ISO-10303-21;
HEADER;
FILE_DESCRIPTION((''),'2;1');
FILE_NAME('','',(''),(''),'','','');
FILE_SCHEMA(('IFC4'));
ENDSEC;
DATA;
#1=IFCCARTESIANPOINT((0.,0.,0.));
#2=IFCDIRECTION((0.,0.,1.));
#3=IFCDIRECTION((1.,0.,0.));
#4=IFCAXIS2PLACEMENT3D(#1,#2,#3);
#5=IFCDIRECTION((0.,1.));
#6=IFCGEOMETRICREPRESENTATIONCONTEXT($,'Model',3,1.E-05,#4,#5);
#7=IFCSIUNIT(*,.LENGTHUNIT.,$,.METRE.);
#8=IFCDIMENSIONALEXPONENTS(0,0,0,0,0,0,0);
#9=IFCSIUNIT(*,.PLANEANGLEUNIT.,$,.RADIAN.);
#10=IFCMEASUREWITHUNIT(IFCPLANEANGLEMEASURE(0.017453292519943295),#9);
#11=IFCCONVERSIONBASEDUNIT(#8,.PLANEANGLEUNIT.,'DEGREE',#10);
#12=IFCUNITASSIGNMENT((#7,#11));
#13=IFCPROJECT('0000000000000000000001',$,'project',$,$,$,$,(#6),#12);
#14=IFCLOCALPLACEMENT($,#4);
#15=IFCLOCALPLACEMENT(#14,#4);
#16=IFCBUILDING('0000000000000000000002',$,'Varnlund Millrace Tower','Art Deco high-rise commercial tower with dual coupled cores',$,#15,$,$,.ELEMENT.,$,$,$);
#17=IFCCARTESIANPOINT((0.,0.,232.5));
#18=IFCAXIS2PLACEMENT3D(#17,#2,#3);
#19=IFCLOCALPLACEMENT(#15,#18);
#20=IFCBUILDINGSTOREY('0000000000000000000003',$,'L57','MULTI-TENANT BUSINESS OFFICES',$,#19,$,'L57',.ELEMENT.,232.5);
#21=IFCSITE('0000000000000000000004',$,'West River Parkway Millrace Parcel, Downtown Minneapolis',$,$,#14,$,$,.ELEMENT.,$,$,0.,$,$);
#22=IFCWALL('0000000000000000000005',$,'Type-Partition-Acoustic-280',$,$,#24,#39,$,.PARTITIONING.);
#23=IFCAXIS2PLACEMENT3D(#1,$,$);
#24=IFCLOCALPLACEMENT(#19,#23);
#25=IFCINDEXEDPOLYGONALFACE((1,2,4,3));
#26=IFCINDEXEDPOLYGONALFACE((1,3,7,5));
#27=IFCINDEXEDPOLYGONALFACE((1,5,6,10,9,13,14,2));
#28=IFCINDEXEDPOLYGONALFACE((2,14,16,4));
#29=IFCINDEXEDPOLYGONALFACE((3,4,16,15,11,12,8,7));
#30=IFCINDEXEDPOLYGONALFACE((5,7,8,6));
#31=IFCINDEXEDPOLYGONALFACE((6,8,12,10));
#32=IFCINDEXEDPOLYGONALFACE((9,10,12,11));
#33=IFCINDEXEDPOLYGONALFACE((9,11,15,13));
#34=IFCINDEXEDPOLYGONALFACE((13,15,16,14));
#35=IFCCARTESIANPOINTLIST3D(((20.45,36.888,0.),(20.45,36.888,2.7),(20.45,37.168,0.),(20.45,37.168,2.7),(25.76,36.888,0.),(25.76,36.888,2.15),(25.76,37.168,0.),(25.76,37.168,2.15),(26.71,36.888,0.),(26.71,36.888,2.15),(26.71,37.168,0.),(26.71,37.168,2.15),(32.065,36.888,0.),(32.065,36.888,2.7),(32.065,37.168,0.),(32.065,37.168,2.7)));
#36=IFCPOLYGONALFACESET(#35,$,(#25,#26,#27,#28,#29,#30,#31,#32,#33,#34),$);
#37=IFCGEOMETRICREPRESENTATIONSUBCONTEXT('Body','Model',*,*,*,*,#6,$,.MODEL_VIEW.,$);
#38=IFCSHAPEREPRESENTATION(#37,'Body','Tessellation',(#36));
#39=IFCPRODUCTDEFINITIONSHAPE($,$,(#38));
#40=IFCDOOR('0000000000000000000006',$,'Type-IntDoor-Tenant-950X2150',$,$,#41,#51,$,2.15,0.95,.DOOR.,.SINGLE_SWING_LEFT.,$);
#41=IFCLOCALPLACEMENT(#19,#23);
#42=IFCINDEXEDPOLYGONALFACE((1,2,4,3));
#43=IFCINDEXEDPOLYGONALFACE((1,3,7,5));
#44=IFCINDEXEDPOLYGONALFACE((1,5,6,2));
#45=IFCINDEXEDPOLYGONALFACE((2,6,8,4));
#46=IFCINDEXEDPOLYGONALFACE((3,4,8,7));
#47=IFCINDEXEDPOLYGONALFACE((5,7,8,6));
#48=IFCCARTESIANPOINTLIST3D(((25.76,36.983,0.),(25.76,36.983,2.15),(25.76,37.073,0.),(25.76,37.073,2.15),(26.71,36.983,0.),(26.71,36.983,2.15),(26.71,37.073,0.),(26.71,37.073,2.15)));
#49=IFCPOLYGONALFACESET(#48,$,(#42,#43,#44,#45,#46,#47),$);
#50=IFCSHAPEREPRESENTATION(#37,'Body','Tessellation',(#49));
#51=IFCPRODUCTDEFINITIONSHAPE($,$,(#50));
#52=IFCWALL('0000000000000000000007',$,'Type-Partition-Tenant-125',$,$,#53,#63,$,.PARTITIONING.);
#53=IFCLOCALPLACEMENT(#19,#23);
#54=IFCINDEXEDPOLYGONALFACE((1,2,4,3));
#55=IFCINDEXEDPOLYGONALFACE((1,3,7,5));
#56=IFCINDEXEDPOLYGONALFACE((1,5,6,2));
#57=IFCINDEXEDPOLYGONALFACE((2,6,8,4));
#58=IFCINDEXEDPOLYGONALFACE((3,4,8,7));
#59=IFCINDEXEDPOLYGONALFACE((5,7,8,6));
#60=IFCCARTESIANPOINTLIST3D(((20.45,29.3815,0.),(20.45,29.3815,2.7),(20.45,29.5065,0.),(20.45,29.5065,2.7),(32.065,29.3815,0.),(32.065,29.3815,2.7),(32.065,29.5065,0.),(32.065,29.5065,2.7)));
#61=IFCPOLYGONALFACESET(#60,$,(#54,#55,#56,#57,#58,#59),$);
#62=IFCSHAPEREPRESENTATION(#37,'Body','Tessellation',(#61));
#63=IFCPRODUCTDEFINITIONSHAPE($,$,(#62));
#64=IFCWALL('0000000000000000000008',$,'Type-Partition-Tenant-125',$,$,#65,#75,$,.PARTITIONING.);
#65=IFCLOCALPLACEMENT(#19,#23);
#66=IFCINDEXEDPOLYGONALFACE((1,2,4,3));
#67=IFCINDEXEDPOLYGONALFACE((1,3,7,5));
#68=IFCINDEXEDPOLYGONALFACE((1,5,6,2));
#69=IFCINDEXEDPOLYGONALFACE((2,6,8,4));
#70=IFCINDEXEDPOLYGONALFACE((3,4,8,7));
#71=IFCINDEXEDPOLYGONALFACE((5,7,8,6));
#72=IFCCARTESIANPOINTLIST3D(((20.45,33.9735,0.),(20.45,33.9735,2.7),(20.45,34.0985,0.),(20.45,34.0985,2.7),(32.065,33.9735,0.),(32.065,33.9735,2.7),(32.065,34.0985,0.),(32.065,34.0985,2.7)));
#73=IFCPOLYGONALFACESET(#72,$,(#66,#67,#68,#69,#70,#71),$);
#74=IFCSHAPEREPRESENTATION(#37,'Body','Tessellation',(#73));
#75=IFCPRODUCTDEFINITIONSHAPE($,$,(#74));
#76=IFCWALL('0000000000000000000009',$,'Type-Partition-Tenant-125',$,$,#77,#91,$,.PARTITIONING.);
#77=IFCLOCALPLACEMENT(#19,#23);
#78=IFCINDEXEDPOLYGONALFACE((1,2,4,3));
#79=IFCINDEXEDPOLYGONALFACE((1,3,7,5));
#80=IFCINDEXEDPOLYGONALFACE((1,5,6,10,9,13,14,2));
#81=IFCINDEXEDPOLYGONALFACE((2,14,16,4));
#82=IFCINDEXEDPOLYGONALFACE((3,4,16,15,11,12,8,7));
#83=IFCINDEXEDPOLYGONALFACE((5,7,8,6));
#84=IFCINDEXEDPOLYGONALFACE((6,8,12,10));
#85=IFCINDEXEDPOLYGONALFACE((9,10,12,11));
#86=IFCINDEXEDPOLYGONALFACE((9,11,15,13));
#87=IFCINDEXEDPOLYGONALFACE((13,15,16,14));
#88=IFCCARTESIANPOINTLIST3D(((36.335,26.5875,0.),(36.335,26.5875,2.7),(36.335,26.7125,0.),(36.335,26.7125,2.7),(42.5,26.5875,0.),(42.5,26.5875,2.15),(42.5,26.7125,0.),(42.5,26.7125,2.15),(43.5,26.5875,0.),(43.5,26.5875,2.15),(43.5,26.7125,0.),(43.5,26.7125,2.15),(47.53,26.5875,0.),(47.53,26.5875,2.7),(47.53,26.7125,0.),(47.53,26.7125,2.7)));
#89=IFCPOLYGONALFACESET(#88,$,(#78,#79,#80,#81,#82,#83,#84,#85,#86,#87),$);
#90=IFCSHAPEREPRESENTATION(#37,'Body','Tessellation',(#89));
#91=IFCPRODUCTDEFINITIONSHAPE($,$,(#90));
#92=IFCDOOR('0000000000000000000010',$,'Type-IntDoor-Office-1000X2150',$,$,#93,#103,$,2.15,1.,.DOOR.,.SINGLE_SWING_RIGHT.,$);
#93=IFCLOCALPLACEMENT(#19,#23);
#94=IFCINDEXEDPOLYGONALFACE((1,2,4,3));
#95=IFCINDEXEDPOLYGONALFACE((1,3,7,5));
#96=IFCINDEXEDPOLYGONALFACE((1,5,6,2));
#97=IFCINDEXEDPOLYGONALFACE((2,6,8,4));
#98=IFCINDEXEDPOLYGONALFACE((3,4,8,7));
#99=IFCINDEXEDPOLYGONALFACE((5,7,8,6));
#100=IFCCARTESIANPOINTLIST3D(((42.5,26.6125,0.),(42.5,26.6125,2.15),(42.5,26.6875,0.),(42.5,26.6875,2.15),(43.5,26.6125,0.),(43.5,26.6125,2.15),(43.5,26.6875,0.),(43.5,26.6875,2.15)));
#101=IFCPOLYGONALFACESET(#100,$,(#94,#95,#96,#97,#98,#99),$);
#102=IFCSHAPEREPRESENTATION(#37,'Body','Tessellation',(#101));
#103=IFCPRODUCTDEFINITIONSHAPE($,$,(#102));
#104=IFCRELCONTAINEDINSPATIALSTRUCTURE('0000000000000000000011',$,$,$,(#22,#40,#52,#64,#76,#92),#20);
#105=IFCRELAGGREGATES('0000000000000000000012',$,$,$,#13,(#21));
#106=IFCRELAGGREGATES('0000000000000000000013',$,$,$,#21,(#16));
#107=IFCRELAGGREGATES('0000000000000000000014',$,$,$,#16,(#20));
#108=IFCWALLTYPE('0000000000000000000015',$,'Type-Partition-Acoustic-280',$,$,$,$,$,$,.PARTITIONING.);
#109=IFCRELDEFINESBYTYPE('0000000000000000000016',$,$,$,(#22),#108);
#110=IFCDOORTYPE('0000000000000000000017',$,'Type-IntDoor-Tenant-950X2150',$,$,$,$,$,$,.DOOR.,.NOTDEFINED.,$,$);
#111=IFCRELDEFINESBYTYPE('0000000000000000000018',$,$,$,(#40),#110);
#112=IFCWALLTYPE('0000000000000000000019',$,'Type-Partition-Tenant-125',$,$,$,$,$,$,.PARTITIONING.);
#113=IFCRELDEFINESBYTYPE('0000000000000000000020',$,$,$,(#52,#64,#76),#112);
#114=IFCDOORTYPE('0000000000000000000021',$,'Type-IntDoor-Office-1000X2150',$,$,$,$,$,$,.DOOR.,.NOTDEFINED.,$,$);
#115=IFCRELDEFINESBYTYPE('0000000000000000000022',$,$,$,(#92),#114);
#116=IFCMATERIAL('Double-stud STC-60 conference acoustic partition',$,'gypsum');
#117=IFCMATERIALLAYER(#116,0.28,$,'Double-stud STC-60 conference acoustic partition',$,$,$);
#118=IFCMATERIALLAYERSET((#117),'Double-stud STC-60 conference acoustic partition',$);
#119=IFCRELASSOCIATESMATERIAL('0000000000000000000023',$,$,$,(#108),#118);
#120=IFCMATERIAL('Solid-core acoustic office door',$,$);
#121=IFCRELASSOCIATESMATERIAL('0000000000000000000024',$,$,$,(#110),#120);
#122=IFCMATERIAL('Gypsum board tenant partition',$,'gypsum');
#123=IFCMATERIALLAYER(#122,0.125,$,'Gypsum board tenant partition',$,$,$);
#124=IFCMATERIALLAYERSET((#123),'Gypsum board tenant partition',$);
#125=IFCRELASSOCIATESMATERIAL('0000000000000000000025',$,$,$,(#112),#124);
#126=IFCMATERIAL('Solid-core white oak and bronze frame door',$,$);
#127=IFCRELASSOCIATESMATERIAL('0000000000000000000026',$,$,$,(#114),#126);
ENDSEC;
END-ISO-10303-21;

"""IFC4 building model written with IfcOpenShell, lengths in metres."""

from ifc_helpers import new_model, entity, si_unit, converted_unit, direction, frame, origin_with_axes, origin_2d_with_axis, place, context, subcontext, project, spatial, polyline, rectangle, outline, extrude, material, layer, layer_set, type_object, element, fill, save


model = new_model("IFC4")

# Units and contexts
model_context = context("Model", 3, precision=1e-05, world=origin_with_axes(), true_north=direction((0.0, 1.0)))
body_context = subcontext(model_context, "Body", "Model", "MODEL_VIEW")
ifc_project = project(units=[si_unit("LENGTHUNIT", "METRE"), converted_unit("PLANEANGLEUNIT", "DEGREE", entity("IfcPlaneAngleMeasure", 0.017453292519943295), si_unit("PLANEANGLEUNIT", "RADIAN"), dimensions=[0, 0, 0, 0, 0, 0, 0])], contexts=[model_context])

# Site, building, storey
site_placement = place(None, origin_with_axes())
site = spatial("IfcSite", under=ifc_project, at=site_placement, Name="West River Parkway Millrace Parcel, Downtown Minneapolis", CompositionType="ELEMENT", RefElevation=0.0)
building_placement = place(site_placement, origin_with_axes())
building = spatial("IfcBuilding", under=site, at=building_placement, Name="Varnlund Millrace Tower", Description="Art Deco high-rise commercial tower with dual coupled cores", CompositionType="ELEMENT")
storey_placement = place(building_placement, frame((0.0, 0.0, 232.5), z_axis=(0.0, 0.0, 1.0), x_axis=(1.0, 0.0, 0.0)))
storey = spatial("IfcBuildingStorey", under=building, at=storey_placement, Name="L57", Description="MULTI-TENANT BUSINESS OFFICES", LongName="L57", CompositionType="ELEMENT", Elevation=232.5)

# Shared definitions
ifc_material_1 = material(Name="Double-stud STC-60 conference acoustic partition", Category="gypsum")
ifc_layer_1 = layer(ifc_material_1, 0.28, Name="Double-stud STC-60 conference acoustic partition")
ifc_layer_set_1 = layer_set([ifc_layer_1], Name="Double-stud STC-60 conference acoustic partition")
wall_type_1 = type_object("IfcWallType", Name="Type-Partition-Acoustic-280", PredefinedType="PARTITIONING", material=ifc_layer_set_1)

# Wall, opening, door
wall_1_placement = place(storey_placement, frame((20.45, 37.028, 0.0), z_axis=(0.0, 0.0, 1.0), x_axis=(1.0, 0.0, 0.0)))
wall_1 = element("IfcWall", 1, at=wall_1_placement, inside=storey, type_object=wall_type_1, Name="Type-Partition-Acoustic-280", PredefinedType="PARTITIONING", context=body_context, shape_type="SweptSolid", body=[
    extrude(outline(polyline([(0.0, -0.14), (11.615, -0.14), (11.615, 0.14), (0.0, 0.14), (0.0, -0.14)])), origin_with_axes(), (0.0, 0.0, 1.0), 2.7),
])
opening_1_placement = place(wall_1_placement, frame((5.785, 0.0, 0.0), z_axis=(0.0, 0.0, 1.0), x_axis=(1.0, 0.0, 0.0)))
opening_1 = element("IfcOpeningElement", 2, at=opening_1_placement, cuts=wall_1, PredefinedType="OPENING", context=body_context, shape_type="SweptSolid", body=[
    extrude(rectangle(XDim=0.95, YDim=0.3, at=origin_2d_with_axis()), origin_with_axes(), (0.0, 0.0, 1.0), 2.15),
])
ifc_material_2 = material(Name="Solid-core acoustic office door")
door_type_1 = type_object("IfcDoorType", Name="Type-IntDoor-Tenant-950X2150", OperationType="NOTDEFINED", PredefinedType="DOOR", material=ifc_material_2)
door_1_placement = place(wall_1_placement, frame((5.785, 0.0, 0.0), z_axis=(0.0, 0.0, 1.0), x_axis=(1.0, 0.0, 0.0)))
door_1 = element("IfcDoor", 3, at=door_1_placement, inside=storey, type_object=door_type_1, Name="Type-IntDoor-Tenant-950X2150", OperationType="SINGLE_SWING_LEFT", OverallHeight=2.15, OverallWidth=0.95, PredefinedType="DOOR", context=body_context, shape_type="SweptSolid", body=[
    extrude(rectangle(XDim=0.95, YDim=0.09, at=origin_2d_with_axis()), origin_with_axes(), (0.0, 0.0, 1.0), 2.15),
])
fill(opening_1, door_1)

# Walls
ifc_material_3 = material(Name="Gypsum board tenant partition", Category="gypsum")
ifc_layer_2 = layer(ifc_material_3, 0.125, Name="Gypsum board tenant partition")
ifc_layer_set_2 = layer_set([ifc_layer_2], Name="Gypsum board tenant partition")
wall_type_2 = type_object("IfcWallType", Name="Type-Partition-Tenant-125", PredefinedType="PARTITIONING", material=ifc_layer_set_2)
for number, where, z_axis, x_axis, name in (
    (4, (20.45, 29.444, 0.0), (0.0, 0.0, 1.0), (1.0, 0.0, 0.0), "Type-Partition-Tenant-125"),
    (5, (20.45, 34.036, 0.0), (0.0, 0.0, 1.0), (1.0, 0.0, 0.0), "Type-Partition-Tenant-125"),
):
    element("IfcWall", number, at=place(storey_placement, frame(where, z_axis=z_axis, x_axis=x_axis)), inside=storey, type_object=wall_type_2, Name=name, PredefinedType="PARTITIONING", context=body_context, shape_type="SweptSolid", body=[
        extrude(outline(polyline([(0.0, -0.0625), (11.615, -0.0625), (11.615, 0.0625), (0.0, 0.0625), (0.0, -0.0625)])), origin_with_axes(), (0.0, 0.0, 1.0), 2.7),
    ])

# Wall, opening, door
wall_2_placement = place(storey_placement, frame((36.335, 26.65, 0.0), z_axis=(0.0, 0.0, 1.0), x_axis=(1.0, 0.0, 0.0)))
wall_2 = element("IfcWall", 6, at=wall_2_placement, inside=storey, type_object=wall_type_2, Name="Type-Partition-Tenant-125", PredefinedType="PARTITIONING", context=body_context, shape_type="SweptSolid", body=[
    extrude(outline(polyline([(0.0, -0.0625), (11.195, -0.0625), (11.195, 0.0625), (0.0, 0.0625), (0.0, -0.0625)])), origin_with_axes(), (0.0, 0.0, 1.0), 2.7),
])
opening_2_placement = place(wall_2_placement, frame((6.665, 0.0, 0.0), z_axis=(0.0, 0.0, 1.0), x_axis=(1.0, 0.0, 0.0)))
opening_2 = element("IfcOpeningElement", 7, at=opening_2_placement, cuts=wall_2, PredefinedType="OPENING", context=body_context, shape_type="SweptSolid", body=[
    extrude(rectangle(XDim=1.0, YDim=0.145, at=origin_2d_with_axis()), origin_with_axes(), (0.0, 0.0, 1.0), 2.15),
])
ifc_material_4 = material(Name="Solid-core white oak and bronze frame door")
door_type_2 = type_object("IfcDoorType", Name="Type-IntDoor-Office-1000X2150", OperationType="NOTDEFINED", PredefinedType="DOOR", material=ifc_material_4)
door_2_placement = place(wall_2_placement, frame((6.665, 0.0, 0.0), z_axis=(0.0, 0.0, 1.0), x_axis=(1.0, 0.0, 0.0)))
door_2 = element("IfcDoor", 8, at=door_2_placement, inside=storey, type_object=door_type_2, Name="Type-IntDoor-Office-1000X2150", OperationType="SINGLE_SWING_RIGHT", OverallHeight=2.15, OverallWidth=1.0, PredefinedType="DOOR", context=body_context, shape_type="SweptSolid", body=[
    extrude(rectangle(XDim=1.0, YDim=0.075, at=origin_2d_with_axis()), origin_with_axes(), (0.0, 0.0, 1.0), 2.15),
])
fill(opening_2, door_2)

save(model, "model.ifc")
